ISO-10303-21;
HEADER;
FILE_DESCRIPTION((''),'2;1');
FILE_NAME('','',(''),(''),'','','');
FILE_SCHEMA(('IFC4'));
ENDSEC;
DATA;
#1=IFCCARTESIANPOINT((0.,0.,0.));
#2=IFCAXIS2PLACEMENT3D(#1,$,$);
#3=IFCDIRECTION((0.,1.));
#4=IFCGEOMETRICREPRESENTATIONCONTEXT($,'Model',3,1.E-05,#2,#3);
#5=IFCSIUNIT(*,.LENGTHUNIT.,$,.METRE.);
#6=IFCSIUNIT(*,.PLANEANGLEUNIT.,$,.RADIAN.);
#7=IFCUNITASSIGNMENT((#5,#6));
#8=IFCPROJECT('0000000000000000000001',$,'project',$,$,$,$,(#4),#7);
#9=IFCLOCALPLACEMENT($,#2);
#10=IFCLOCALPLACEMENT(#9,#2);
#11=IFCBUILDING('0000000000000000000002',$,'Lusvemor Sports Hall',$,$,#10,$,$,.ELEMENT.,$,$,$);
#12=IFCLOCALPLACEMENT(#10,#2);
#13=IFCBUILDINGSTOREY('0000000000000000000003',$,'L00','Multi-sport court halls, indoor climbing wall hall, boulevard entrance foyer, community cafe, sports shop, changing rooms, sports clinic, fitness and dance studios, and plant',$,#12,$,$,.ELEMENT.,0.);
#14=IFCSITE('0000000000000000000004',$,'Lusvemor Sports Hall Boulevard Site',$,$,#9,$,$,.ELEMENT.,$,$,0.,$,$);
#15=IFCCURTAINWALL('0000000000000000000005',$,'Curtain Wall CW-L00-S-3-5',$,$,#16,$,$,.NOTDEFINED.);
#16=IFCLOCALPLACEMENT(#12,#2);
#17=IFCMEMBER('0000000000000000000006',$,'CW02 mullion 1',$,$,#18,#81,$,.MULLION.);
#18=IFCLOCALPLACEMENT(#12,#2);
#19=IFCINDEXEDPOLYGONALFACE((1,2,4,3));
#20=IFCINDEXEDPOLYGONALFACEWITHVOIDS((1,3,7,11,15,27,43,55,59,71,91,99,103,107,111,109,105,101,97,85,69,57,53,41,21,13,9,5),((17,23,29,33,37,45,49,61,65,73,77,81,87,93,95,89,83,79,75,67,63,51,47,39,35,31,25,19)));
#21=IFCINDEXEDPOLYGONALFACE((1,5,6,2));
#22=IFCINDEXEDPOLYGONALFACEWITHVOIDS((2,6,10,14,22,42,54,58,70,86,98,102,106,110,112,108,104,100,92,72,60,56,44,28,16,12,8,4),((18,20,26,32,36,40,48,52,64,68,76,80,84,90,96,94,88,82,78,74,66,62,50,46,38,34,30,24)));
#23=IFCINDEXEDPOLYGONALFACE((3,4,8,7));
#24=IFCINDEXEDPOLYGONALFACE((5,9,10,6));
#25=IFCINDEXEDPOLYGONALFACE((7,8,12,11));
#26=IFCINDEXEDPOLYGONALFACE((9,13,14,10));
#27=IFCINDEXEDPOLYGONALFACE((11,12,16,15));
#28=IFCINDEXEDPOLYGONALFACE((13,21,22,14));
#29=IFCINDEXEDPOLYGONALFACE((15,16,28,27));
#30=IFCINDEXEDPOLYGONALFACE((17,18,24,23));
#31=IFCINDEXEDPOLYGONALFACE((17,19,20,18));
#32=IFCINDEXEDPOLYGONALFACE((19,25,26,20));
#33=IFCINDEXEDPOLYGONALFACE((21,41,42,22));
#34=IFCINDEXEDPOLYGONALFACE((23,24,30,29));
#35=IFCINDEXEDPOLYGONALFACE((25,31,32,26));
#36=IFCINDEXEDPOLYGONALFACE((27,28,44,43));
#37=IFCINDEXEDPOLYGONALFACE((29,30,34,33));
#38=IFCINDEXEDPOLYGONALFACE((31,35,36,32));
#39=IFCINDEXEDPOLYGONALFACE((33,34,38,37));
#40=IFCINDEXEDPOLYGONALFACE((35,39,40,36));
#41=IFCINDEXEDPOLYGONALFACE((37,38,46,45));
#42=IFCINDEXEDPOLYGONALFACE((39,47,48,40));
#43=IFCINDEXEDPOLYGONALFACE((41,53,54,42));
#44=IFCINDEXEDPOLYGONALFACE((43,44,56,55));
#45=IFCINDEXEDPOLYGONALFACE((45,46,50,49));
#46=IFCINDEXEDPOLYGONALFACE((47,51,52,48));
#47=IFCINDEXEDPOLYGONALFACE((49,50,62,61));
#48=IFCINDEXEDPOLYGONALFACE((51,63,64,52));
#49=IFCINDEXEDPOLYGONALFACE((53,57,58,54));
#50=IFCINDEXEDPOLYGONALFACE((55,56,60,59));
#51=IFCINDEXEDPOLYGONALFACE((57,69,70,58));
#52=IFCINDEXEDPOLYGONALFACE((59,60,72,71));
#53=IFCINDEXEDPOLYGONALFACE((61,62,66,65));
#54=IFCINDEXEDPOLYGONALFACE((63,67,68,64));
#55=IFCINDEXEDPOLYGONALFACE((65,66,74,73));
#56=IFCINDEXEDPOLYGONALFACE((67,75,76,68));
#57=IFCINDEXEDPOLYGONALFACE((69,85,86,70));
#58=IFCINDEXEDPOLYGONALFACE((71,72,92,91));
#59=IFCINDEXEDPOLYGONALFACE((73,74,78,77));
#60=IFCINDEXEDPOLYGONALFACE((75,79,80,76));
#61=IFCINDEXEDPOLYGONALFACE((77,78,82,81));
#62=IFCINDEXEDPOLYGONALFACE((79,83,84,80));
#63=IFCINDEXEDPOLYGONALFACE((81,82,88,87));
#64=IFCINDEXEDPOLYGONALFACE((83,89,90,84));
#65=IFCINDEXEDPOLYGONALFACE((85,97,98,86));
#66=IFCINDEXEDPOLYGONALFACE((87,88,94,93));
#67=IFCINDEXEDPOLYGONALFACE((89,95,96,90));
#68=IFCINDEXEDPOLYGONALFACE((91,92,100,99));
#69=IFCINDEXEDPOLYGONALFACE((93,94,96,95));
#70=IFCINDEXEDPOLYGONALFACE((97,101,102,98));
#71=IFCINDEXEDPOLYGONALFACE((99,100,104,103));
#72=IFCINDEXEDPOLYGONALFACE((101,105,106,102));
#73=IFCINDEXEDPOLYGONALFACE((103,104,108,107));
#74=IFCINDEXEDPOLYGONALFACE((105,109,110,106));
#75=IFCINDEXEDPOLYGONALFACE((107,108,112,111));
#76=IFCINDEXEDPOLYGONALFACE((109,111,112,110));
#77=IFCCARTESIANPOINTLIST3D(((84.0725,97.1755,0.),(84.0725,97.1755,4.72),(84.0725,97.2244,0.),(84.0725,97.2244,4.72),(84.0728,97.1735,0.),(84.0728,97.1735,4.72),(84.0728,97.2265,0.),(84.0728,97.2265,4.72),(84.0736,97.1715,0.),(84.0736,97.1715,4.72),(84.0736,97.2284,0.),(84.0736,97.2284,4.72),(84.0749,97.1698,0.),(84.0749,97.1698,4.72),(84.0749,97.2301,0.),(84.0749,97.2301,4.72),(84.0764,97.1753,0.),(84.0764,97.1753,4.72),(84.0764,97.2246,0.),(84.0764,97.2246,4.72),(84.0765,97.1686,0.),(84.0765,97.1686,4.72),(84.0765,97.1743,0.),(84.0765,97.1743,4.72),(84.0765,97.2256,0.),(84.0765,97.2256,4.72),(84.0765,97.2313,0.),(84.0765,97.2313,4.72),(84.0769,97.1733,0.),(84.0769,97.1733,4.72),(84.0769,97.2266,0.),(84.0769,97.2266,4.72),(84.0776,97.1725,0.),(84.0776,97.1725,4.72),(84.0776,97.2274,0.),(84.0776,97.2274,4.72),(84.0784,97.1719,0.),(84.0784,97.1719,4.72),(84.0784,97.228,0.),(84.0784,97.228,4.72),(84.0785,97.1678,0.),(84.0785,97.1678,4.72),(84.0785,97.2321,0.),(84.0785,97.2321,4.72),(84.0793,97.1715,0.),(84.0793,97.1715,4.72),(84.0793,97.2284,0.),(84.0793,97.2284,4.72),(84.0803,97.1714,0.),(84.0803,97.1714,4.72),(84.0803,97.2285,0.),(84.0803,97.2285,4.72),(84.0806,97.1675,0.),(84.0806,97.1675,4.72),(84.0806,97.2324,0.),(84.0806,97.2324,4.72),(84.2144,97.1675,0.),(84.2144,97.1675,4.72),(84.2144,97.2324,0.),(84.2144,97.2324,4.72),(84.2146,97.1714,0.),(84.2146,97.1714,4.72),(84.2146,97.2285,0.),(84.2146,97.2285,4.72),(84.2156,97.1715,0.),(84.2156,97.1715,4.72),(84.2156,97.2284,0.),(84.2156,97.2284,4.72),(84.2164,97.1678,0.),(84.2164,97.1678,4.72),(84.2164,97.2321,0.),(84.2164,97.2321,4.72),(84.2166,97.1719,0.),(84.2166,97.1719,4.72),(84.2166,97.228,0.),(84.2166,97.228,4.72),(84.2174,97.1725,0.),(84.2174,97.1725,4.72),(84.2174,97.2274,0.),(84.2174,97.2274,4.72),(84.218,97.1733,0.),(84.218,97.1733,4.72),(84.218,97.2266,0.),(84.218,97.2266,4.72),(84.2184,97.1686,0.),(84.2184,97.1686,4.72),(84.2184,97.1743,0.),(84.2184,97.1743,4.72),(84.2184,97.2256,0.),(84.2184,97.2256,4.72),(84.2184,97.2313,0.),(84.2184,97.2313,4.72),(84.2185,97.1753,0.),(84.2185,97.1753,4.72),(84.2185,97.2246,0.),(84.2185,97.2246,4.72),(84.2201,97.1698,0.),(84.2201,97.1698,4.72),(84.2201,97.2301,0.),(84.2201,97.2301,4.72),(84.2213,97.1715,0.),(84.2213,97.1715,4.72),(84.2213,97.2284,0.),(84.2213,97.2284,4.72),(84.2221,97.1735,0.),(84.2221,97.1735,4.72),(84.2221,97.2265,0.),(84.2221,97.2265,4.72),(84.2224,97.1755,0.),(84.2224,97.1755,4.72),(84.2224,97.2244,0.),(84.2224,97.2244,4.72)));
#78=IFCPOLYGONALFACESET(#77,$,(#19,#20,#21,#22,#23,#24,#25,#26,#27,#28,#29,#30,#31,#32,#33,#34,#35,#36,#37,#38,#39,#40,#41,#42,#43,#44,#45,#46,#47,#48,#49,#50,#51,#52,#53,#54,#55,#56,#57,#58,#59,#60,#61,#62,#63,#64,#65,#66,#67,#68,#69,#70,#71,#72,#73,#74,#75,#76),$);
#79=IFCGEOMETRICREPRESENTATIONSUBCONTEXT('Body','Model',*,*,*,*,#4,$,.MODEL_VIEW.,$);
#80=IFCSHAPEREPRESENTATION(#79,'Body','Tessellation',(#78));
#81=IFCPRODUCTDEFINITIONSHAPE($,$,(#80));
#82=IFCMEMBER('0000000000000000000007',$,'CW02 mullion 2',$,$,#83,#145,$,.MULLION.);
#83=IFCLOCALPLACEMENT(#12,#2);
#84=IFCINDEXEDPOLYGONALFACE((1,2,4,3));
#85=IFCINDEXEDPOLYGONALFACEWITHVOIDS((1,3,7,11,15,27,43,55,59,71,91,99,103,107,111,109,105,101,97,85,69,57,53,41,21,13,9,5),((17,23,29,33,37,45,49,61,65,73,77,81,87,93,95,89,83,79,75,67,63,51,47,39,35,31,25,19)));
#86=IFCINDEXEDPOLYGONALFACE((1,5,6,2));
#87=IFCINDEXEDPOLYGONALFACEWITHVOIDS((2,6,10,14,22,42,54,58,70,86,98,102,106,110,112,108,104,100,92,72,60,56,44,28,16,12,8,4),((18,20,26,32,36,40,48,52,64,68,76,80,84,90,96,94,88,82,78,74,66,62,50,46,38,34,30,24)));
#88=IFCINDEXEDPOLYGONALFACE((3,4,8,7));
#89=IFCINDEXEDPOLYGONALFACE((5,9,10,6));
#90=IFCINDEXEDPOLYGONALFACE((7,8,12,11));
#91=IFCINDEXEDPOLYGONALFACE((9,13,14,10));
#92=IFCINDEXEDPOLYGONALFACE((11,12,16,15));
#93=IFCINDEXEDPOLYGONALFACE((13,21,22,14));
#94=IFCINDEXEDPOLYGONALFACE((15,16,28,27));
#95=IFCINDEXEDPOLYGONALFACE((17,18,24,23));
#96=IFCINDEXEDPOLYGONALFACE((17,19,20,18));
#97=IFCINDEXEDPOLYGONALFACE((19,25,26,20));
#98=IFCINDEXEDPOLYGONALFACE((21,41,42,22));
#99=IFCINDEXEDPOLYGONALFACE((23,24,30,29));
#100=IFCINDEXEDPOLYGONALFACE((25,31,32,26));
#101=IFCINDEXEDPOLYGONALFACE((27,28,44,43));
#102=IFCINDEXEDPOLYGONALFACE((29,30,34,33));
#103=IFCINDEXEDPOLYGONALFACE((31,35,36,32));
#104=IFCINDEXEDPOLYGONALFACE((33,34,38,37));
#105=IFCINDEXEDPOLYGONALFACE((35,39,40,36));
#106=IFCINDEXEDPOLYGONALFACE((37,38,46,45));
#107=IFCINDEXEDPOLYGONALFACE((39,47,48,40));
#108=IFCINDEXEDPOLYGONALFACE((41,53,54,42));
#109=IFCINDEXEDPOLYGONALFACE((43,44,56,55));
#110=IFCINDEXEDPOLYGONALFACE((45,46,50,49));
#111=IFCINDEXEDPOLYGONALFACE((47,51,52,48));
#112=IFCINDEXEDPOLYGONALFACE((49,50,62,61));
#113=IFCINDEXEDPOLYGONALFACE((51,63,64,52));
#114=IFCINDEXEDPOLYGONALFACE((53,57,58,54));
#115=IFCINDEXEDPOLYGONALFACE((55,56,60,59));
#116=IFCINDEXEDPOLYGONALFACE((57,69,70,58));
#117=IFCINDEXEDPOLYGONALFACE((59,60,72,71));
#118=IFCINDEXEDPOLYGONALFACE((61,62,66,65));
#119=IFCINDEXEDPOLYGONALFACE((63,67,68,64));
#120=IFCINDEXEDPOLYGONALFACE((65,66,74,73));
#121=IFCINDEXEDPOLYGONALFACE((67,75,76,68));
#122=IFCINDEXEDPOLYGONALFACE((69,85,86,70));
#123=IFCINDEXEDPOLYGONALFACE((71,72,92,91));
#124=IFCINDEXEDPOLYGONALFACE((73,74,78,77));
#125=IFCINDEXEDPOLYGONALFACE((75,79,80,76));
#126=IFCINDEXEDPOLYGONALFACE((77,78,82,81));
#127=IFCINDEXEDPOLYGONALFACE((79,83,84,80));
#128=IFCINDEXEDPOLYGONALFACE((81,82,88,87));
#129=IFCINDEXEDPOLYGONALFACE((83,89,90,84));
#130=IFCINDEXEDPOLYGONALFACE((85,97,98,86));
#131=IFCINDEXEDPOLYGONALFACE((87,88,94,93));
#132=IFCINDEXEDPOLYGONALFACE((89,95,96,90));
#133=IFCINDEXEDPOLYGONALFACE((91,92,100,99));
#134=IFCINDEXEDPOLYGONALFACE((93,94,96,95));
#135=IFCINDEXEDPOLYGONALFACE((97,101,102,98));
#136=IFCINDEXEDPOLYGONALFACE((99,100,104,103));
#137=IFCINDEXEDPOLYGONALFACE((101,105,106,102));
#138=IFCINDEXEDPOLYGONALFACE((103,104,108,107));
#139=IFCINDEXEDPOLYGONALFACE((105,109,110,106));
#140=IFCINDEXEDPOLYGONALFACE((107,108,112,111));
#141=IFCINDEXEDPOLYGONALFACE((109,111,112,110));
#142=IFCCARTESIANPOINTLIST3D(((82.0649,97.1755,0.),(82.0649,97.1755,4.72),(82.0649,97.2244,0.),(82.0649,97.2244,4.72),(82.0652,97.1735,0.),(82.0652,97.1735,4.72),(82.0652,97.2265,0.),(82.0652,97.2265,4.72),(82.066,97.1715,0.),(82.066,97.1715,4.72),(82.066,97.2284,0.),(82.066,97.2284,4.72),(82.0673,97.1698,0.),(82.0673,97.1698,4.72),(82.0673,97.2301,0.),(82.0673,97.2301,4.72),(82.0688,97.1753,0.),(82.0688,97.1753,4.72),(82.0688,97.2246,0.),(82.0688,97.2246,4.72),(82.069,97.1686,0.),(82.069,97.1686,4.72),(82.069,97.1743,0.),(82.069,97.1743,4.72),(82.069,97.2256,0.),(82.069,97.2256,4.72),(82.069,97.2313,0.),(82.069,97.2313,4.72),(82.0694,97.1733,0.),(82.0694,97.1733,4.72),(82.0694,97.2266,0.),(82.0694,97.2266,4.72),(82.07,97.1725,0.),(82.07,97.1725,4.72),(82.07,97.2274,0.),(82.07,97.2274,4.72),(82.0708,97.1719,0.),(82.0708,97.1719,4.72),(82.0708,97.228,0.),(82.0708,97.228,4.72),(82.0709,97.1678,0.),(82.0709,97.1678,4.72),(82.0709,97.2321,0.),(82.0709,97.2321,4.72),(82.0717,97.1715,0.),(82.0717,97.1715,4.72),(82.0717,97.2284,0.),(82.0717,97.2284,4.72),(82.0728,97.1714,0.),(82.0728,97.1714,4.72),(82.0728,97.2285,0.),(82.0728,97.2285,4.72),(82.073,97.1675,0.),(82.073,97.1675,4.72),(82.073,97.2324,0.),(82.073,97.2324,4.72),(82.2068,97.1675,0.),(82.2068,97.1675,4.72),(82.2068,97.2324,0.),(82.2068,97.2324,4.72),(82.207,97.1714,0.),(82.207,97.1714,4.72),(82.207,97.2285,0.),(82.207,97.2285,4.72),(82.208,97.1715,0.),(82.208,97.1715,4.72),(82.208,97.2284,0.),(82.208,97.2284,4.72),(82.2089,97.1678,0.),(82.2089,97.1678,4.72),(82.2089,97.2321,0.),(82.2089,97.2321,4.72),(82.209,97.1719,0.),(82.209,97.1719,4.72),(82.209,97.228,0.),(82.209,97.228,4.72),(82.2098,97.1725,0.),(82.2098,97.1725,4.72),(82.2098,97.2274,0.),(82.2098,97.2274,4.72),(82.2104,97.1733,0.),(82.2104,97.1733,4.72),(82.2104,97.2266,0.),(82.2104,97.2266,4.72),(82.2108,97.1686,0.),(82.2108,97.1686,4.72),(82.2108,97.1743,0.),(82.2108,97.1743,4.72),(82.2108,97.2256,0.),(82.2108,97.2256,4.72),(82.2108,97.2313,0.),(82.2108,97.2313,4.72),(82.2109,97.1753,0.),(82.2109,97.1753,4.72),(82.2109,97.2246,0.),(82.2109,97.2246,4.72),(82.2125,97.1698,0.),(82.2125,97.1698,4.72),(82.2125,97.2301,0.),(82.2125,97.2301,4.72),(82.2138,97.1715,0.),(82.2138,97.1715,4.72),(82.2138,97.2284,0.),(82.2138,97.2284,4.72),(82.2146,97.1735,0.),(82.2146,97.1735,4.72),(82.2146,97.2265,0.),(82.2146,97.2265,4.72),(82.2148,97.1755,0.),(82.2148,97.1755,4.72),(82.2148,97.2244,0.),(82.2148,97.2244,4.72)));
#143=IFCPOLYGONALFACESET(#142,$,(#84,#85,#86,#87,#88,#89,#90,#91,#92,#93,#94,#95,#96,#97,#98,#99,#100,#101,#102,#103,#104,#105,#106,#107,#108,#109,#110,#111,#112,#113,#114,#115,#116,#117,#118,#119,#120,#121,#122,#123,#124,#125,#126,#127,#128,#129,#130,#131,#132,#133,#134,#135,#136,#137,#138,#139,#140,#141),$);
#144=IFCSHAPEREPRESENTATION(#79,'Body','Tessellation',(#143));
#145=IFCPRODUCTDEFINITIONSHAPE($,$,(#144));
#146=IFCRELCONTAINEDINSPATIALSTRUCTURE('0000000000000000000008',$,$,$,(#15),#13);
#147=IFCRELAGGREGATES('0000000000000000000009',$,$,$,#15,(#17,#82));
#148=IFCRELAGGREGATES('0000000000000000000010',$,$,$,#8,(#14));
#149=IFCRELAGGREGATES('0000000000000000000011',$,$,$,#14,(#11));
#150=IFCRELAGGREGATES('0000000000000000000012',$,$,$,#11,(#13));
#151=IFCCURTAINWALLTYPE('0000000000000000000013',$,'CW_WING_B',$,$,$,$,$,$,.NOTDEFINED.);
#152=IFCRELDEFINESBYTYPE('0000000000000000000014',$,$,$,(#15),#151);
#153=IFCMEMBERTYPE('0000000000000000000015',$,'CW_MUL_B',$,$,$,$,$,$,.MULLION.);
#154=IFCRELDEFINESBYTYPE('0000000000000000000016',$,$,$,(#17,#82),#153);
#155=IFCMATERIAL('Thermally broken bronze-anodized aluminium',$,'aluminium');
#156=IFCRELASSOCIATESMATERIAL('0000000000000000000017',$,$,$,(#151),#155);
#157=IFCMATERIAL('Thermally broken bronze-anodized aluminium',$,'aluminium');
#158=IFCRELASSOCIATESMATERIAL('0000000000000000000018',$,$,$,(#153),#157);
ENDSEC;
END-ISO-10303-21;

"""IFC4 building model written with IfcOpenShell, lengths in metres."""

from ifc_helpers import new_model, si_unit, direction, frame, origin, origin_2d, place, context, subcontext, project, spatial, hollow_rectangle, extrude, material, material_profile, profile_set, type_object, element, aggregate, save


model = new_model("IFC4")

# Units and contexts
model_context = context("Model", 3, precision=1e-05, world=origin(), true_north=direction((0.0, 1.0)))
body_context = subcontext(model_context, "Body", "Model", "MODEL_VIEW")
ifc_project = project(units=[si_unit("LENGTHUNIT", "METRE"), si_unit("PLANEANGLEUNIT", "RADIAN")], contexts=[model_context])

# Site, building, storey
site_placement = place(None, origin())
site = spatial("IfcSite", under=ifc_project, at=site_placement, Name="Lusvemor Sports Hall Boulevard Site", CompositionType="ELEMENT", RefElevation=0.0)
building_placement = place(site_placement, origin())
building = spatial("IfcBuilding", under=site, at=building_placement, Name="Lusvemor Sports Hall", CompositionType="ELEMENT")
storey_placement = place(building_placement, origin())
storey = spatial("IfcBuildingStorey", under=building, at=storey_placement, Name="L00", Description="Multi-sport court halls, indoor climbing wall hall, boulevard entrance foyer, community cafe, sports shop, changing rooms, sports clinic, fitness and dance studios, and plant", CompositionType="ELEMENT", Elevation=0.0)

# Curtain wall, members
ifc_material_1 = material(Name="Thermally broken bronze-anodized aluminium", Category="aluminium")
curtain_wall_type = type_object("IfcCurtainWallType", Name="CW_WING_B", PredefinedType="NOTDEFINED", material=ifc_material_1)
curtain_wall_placement = place(storey_placement, origin())
curtain_wall = element("IfcCurtainWall", 1, at=curtain_wall_placement, inside=storey, type_object=curtain_wall_type, Name="Curtain Wall CW-L00-S-3-5", PredefinedType="NOTDEFINED")
ifc_material_2 = material(Name="Thermally broken bronze-anodized aluminium", Category="aluminium")
ifc_material_profile_1 = material_profile(ifc_material_2, hollow_rectangle(XDim=0.0649, YDim=0.1499, WallThickness=0.0039, InnerFilletRadius=0.0039, OuterFilletRadius=0.0081, at=origin_2d()), Name="CWMUL150x65x4")
ifc_profile_set_1 = profile_set([ifc_material_profile_1], Name="Thermally broken bronze-anodized aluminium")
member_type_1 = type_object("IfcMemberType", Name="CW_MUL_B", PredefinedType="MULLION", material=ifc_profile_set_1)
member_1_placement = place(storey_placement, frame((84.1475, 97.2, 0.0), z_axis=(0.0, 0.0, 1.0), x_axis=(0.0, -1.0, 0.0)))
member_1 = element("IfcMember", 2, at=member_1_placement, type_object=member_type_1, Name="CW02 mullion 1", PredefinedType="MULLION", context=body_context, shape_type="SweptSolid", body=[
    extrude(hollow_rectangle(XDim=0.0649, YDim=0.1499, WallThickness=0.0039, InnerFilletRadius=0.0039, OuterFilletRadius=0.0081, at=origin_2d()), origin(), (0.0, 0.0, 1.0), 4.72),
])
member_2_placement = place(storey_placement, frame((82.1399, 97.2, 0.0), z_axis=(0.0, 0.0, 1.0), x_axis=(0.0, -1.0, 0.0)))
member_2 = element("IfcMember", 3, at=member_2_placement, type_object=member_type_1, Name="CW02 mullion 2", PredefinedType="MULLION", context=body_context, shape_type="SweptSolid", body=[
    extrude(hollow_rectangle(XDim=0.0649, YDim=0.1499, WallThickness=0.0039, InnerFilletRadius=0.0039, OuterFilletRadius=0.0081, at=origin_2d()), origin(), (0.0, 0.0, 1.0), 4.72),
])
aggregate(curtain_wall, [member_1, member_2])

save(model, "model.ifc")
